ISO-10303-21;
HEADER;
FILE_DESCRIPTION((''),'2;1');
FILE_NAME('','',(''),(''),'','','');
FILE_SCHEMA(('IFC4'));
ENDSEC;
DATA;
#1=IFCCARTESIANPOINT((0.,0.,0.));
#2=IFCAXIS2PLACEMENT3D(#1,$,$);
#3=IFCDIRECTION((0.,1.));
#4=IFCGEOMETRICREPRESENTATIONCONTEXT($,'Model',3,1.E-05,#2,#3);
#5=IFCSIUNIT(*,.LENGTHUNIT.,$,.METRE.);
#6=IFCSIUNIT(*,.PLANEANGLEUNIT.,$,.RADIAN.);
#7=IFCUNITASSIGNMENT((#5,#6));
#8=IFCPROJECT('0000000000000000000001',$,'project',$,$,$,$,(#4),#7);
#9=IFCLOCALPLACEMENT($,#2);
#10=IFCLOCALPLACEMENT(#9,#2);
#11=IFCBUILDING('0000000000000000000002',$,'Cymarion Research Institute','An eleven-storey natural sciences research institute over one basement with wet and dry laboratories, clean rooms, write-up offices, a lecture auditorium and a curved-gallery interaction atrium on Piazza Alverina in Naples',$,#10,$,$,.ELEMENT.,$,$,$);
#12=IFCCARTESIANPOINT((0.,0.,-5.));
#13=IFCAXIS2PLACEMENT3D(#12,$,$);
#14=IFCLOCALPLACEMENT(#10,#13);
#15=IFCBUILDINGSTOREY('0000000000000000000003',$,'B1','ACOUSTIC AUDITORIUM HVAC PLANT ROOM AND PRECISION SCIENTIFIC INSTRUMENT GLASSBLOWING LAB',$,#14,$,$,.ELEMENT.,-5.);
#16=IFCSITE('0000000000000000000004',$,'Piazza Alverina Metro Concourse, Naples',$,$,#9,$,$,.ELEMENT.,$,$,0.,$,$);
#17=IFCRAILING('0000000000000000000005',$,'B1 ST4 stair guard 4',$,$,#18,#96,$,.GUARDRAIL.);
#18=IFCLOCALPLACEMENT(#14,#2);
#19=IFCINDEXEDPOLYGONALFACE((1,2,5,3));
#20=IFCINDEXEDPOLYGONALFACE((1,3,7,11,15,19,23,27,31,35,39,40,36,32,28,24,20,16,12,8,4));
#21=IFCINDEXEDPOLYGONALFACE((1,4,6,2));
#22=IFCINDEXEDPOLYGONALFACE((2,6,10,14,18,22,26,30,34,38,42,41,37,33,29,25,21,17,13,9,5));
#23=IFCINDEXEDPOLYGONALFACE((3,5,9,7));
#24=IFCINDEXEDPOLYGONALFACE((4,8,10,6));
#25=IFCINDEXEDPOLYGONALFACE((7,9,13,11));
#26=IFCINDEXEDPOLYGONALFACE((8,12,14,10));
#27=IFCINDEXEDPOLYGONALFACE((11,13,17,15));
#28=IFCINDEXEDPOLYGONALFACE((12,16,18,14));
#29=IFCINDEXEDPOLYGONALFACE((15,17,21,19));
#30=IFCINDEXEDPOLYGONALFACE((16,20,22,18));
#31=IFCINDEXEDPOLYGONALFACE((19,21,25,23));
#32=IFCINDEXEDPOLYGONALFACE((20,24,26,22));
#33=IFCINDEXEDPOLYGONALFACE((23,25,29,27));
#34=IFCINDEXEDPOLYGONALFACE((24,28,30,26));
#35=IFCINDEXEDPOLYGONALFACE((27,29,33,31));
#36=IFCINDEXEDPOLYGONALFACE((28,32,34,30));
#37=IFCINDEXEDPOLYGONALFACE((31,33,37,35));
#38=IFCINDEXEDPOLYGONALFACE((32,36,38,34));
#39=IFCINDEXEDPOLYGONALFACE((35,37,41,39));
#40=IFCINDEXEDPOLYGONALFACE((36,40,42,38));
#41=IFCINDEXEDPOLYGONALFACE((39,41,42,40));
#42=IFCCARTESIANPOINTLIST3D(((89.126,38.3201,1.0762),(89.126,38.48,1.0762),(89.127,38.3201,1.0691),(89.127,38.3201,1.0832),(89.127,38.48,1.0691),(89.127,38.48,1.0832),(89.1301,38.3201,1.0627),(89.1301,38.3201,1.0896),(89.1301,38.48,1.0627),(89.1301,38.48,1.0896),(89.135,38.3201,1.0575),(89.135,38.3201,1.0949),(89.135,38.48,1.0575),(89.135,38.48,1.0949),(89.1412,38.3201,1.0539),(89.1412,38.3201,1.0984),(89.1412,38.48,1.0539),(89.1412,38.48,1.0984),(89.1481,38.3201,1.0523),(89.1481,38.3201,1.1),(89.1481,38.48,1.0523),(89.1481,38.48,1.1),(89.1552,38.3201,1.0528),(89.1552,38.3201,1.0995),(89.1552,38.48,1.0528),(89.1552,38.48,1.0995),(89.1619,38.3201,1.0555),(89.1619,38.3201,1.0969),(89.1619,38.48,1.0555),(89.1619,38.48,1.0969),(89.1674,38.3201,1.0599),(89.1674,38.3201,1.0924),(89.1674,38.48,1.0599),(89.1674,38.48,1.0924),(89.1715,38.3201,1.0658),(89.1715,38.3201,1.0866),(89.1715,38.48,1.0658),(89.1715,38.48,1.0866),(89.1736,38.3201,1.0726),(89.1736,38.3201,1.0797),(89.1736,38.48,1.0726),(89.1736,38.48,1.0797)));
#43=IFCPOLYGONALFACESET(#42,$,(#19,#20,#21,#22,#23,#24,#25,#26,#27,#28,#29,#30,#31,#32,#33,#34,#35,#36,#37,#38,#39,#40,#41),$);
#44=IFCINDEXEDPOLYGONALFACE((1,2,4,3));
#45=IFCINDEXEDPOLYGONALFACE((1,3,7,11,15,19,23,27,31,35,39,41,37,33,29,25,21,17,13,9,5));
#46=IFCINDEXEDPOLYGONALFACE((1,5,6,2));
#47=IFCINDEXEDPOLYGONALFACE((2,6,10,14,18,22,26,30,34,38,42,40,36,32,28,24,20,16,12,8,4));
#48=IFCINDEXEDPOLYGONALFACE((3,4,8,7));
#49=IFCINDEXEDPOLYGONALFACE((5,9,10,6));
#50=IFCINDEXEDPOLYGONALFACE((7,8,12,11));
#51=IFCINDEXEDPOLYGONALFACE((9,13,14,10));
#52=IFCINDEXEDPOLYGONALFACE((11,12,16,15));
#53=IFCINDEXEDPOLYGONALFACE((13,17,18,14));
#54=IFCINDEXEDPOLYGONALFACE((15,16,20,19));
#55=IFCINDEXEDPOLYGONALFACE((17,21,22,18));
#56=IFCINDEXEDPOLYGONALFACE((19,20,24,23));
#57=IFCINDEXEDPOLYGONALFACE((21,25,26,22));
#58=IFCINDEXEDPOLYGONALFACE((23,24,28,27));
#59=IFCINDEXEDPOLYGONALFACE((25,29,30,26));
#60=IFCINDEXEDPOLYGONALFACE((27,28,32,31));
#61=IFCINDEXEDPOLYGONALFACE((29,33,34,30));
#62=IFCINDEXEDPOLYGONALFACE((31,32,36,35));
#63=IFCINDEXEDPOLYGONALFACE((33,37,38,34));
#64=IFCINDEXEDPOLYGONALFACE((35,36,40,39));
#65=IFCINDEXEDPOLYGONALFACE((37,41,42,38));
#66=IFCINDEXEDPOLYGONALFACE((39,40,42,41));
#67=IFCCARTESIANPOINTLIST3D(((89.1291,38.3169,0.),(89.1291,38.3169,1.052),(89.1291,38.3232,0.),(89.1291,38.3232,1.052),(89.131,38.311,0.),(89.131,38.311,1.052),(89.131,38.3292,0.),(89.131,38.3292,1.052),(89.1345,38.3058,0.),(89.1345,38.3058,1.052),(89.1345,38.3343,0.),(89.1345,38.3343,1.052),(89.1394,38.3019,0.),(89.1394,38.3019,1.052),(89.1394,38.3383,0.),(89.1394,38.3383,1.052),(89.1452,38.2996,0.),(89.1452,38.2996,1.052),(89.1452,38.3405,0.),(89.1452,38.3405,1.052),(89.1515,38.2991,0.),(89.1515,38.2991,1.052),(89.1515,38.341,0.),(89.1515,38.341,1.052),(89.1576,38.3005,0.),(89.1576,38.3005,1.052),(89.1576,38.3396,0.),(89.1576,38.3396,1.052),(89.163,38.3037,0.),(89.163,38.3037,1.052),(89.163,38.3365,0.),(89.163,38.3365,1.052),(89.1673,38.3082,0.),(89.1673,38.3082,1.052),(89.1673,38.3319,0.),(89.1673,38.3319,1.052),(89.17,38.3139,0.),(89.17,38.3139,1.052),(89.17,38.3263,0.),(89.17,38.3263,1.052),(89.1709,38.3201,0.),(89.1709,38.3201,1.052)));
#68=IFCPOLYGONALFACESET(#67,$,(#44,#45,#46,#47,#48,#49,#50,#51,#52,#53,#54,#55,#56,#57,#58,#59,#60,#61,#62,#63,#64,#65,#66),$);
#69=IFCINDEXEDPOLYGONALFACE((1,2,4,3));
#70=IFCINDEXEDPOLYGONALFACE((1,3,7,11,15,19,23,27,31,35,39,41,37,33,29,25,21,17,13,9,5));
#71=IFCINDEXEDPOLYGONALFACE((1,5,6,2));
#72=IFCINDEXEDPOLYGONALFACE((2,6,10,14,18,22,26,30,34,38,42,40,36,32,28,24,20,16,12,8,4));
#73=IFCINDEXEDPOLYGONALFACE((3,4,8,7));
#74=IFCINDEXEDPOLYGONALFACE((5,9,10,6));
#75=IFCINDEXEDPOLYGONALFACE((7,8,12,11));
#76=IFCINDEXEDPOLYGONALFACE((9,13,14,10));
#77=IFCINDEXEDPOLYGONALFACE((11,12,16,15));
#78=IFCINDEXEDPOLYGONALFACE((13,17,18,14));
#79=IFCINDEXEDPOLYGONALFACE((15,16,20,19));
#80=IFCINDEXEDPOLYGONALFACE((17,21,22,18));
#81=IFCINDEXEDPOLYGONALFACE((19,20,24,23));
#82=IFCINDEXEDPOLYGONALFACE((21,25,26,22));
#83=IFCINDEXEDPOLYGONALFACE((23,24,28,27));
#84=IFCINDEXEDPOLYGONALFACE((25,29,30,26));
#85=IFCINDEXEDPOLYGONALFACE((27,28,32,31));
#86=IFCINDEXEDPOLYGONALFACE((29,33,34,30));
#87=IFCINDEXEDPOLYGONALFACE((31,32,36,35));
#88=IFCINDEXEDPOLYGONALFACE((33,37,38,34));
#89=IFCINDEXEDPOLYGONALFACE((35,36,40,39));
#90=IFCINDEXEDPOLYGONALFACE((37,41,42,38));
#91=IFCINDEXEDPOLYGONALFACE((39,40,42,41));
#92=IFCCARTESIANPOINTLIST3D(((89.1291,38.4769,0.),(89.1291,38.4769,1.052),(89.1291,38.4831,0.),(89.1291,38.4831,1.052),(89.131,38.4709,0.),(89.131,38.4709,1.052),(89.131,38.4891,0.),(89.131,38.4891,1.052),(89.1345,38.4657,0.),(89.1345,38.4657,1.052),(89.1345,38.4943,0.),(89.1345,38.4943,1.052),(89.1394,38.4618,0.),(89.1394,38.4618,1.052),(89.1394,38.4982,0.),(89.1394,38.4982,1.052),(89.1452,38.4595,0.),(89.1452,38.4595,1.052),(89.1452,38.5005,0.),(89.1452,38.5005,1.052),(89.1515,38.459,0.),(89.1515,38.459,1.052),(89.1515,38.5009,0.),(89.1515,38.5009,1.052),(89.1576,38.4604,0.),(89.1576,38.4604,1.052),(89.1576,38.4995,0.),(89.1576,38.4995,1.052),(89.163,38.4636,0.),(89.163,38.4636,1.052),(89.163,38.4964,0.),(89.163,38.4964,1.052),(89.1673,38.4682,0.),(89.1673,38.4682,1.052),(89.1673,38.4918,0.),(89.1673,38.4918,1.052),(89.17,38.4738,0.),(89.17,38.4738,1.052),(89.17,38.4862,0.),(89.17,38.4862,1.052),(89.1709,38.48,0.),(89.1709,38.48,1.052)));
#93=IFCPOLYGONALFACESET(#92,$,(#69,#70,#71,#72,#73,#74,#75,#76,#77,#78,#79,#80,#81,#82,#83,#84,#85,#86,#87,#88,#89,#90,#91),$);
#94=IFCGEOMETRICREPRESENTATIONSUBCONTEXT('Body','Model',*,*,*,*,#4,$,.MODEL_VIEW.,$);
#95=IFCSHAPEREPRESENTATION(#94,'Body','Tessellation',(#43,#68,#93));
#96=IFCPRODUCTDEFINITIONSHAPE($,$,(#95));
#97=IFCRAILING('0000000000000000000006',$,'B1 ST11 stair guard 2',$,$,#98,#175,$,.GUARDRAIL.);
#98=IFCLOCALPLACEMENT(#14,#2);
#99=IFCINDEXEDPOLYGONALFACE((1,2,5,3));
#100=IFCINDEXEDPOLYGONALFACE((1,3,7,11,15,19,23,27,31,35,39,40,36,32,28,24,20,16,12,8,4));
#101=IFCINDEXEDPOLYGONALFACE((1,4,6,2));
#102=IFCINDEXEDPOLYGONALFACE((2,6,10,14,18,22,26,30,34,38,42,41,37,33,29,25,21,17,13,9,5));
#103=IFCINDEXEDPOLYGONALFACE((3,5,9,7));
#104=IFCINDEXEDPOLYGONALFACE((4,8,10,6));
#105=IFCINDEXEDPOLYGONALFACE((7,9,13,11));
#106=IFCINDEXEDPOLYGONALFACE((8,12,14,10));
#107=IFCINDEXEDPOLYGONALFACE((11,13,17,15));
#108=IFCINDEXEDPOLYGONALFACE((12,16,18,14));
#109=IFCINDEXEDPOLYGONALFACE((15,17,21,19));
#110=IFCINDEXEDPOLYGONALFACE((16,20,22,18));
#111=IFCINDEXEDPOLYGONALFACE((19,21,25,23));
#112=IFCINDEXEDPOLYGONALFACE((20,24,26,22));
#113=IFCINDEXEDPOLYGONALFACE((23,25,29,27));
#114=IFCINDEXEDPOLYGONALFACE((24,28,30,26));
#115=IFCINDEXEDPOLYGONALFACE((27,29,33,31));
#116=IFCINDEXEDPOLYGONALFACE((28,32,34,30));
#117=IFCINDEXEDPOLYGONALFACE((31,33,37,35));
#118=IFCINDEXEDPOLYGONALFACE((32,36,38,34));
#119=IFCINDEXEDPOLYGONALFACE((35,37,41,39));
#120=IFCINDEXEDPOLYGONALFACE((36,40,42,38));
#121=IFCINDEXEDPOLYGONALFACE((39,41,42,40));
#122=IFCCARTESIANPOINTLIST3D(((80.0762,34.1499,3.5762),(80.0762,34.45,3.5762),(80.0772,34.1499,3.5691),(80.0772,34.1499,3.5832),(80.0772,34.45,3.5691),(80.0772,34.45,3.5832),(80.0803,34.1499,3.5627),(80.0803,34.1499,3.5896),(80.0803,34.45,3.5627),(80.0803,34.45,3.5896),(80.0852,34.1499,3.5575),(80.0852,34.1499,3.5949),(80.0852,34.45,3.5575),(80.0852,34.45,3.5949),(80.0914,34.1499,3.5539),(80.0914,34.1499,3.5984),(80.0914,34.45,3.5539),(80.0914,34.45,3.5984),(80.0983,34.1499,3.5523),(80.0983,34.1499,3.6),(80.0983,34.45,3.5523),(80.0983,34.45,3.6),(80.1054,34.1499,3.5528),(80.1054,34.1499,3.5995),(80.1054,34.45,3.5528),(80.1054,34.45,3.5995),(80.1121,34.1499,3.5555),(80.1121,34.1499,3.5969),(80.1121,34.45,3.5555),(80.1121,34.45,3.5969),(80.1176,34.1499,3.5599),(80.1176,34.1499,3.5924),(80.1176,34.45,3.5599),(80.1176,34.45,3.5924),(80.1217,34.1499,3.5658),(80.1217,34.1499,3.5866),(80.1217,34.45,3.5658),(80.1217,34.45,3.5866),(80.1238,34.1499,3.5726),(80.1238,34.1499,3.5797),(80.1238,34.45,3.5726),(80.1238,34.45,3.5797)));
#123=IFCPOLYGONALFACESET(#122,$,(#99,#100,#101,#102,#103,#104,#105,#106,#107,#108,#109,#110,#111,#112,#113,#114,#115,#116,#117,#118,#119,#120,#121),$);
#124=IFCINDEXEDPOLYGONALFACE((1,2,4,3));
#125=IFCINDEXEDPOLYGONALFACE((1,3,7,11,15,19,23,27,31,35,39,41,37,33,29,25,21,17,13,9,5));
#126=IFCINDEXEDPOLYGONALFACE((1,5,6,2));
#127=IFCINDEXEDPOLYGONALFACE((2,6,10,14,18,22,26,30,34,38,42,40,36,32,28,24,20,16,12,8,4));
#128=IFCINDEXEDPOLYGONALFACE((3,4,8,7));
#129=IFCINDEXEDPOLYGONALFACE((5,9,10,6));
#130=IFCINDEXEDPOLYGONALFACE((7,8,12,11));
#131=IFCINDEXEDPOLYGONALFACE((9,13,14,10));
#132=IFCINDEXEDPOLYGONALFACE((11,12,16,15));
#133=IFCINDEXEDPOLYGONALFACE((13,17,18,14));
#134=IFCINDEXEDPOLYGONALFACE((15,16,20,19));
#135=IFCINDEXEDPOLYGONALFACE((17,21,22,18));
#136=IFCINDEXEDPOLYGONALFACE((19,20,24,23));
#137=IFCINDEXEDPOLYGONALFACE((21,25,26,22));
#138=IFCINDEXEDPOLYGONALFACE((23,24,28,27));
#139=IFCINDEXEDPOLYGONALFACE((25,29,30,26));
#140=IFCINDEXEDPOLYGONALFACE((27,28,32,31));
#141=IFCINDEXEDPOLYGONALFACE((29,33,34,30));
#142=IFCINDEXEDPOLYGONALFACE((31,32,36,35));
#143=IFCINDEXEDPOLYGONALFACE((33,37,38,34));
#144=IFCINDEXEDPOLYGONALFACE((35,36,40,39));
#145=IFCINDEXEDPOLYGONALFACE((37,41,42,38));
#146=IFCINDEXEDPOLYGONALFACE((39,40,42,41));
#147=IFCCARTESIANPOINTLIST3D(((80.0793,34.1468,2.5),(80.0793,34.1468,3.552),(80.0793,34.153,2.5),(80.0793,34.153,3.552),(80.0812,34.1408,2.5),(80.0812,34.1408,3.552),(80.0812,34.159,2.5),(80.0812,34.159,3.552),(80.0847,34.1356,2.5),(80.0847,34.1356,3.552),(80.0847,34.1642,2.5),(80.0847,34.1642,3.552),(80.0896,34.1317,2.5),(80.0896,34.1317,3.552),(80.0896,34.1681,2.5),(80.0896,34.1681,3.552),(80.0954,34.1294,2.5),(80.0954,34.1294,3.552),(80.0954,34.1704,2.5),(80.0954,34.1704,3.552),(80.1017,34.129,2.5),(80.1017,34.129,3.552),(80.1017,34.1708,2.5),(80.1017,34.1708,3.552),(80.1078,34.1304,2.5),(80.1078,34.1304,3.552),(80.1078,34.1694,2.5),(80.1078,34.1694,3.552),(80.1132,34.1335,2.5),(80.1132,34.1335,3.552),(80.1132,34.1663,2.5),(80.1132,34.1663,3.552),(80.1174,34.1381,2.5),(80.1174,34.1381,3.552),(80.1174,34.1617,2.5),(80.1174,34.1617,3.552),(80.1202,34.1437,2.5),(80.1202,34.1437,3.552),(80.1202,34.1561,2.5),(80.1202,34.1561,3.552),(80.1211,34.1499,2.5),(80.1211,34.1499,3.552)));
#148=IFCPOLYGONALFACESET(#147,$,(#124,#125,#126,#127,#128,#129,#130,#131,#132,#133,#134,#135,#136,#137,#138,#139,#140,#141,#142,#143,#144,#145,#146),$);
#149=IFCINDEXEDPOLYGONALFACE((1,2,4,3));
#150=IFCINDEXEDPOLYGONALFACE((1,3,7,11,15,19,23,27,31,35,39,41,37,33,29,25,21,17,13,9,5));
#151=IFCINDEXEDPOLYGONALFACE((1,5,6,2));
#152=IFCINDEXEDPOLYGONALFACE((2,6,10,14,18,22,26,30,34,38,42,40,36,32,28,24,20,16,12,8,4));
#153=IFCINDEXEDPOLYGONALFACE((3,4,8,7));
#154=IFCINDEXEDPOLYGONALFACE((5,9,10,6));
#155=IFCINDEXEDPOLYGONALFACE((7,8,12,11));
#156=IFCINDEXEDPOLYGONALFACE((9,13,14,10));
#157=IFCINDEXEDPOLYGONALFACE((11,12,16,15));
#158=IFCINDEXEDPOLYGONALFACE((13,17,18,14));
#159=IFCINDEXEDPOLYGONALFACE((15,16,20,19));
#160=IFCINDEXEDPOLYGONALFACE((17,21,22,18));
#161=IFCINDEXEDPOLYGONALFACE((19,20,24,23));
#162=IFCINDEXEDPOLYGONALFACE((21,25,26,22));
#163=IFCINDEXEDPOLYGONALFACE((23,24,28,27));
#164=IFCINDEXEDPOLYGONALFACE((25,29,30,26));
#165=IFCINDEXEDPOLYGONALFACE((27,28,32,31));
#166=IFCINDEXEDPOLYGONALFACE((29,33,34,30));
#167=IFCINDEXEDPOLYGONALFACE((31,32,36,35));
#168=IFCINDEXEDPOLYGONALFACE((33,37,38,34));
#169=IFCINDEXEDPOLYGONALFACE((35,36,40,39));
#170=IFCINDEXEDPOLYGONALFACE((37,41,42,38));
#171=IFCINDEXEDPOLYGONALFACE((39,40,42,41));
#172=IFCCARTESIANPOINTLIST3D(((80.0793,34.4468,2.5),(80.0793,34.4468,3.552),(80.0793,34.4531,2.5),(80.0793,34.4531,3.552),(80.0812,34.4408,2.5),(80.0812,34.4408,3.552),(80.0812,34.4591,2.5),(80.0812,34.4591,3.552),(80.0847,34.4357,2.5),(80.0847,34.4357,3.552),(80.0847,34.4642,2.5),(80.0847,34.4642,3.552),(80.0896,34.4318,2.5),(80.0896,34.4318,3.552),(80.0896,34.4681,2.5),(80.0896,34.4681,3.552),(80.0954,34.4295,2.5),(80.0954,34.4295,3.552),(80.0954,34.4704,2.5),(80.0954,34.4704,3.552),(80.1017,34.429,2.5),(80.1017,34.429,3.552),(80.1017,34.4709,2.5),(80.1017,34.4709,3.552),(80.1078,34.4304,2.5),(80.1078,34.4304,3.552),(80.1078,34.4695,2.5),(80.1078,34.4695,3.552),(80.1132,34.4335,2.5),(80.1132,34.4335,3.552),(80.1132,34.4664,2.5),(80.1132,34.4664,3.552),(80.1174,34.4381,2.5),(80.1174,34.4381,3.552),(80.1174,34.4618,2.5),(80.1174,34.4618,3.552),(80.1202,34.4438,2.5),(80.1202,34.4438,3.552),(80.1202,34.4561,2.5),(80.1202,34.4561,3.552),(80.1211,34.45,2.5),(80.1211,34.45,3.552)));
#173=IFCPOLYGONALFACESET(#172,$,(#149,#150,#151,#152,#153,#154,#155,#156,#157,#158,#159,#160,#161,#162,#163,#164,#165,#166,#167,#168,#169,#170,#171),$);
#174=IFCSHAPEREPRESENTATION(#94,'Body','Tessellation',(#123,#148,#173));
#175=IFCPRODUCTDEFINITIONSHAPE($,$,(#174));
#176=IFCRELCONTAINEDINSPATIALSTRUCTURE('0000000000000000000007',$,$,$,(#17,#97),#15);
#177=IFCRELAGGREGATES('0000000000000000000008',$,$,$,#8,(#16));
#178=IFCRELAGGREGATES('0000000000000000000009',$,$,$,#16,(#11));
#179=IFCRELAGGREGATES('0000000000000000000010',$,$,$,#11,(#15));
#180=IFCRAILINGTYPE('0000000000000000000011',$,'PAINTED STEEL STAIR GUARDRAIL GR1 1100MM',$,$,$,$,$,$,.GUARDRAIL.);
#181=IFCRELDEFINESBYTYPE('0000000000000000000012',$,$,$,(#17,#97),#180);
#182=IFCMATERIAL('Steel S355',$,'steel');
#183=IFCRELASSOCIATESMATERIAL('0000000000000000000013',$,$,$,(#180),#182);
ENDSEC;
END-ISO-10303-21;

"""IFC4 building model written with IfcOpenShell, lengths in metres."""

from ifc_helpers import new_model, si_unit, direction, frame, origin, origin_2d, place, context, subcontext, project, spatial, circle, extrude, material, type_object, element, save


model = new_model("IFC4")

# Units and contexts
model_context = context("Model", 3, precision=1e-05, world=origin(), true_north=direction((0.0, 1.0)))
body_context = subcontext(model_context, "Body", "Model", "MODEL_VIEW")
ifc_project = project(units=[si_unit("LENGTHUNIT", "METRE"), si_unit("PLANEANGLEUNIT", "RADIAN")], contexts=[model_context])

# Site, building, storey
site_placement = place(None, origin())
site = spatial("IfcSite", under=ifc_project, at=site_placement, Name="Piazza Alverina Metro Concourse, Naples", CompositionType="ELEMENT", RefElevation=0.0)
building_placement = place(site_placement, origin())
building = spatial("IfcBuilding", under=site, at=building_placement, Name="Cymarion Research Institute", Description="An eleven-storey natural sciences research institute over one basement with wet and dry laboratories, clean rooms, write-up offices, a lecture auditorium and a curved-gallery interaction atrium on Piazza Alverina in Naples", CompositionType="ELEMENT")
storey_placement = place(building_placement, frame((0.0, 0.0, -5.0)))
storey = spatial("IfcBuildingStorey", under=building, at=storey_placement, Name="B1", Description="ACOUSTIC AUDITORIUM HVAC PLANT ROOM AND PRECISION SCIENTIFIC INSTRUMENT GLASSBLOWING LAB", CompositionType="ELEMENT", Elevation=-5.0)

# Shared definitions
ifc_material_1 = material(Name="Steel S355", Category="steel")

# Railings
railing_type_1 = type_object("IfcRailingType", Name="PAINTED STEEL STAIR GUARDRAIL GR1 1100MM", PredefinedType="GUARDRAIL", material=ifc_material_1)
railing_1_placement = place(storey_placement, frame((89.1499, 38.3201, 0.0)))
element("IfcRailing", 1, at=railing_1_placement, inside=storey, type_object=railing_type_1, Name="B1 ST4 stair guard 4", PredefinedType="GUARDRAIL", context=body_context, shape_type="SweptSolid", body=[
    extrude(circle(Radius=0.0239, at=origin_2d()), frame((0.0, 0.0, 1.0762), z_axis=(0.0, 1.0, 0.0), x_axis=(-1.0, 0.0, 0.0)), (0.0, 0.0, 1.0), 0.1599),
    extrude(circle(Radius=0.021, at=origin_2d()), origin(), (0.0, 0.0, 1.0), 1.052),
    extrude(circle(Radius=0.021, at=origin_2d()), frame((0.0, 0.1599, 0.0)), (0.0, 0.0, 1.0), 1.052),
])
railing_2_placement = place(storey_placement, frame((80.1001, 34.1499, 2.5)))
element("IfcRailing", 2, at=railing_2_placement, inside=storey, type_object=railing_type_1, Name="B1 ST11 stair guard 2", PredefinedType="GUARDRAIL", context=body_context, shape_type="SweptSolid", body=[
    extrude(circle(Radius=0.0239, at=origin_2d()), frame((0.0, 0.0, 1.0762), z_axis=(0.0, 1.0, 0.0), x_axis=(-1.0, 0.0, 0.0)), (0.0, 0.0, 1.0), 0.3),
    extrude(circle(Radius=0.021, at=origin_2d()), origin(), (0.0, 0.0, 1.0), 1.052),
    extrude(circle(Radius=0.021, at=origin_2d()), frame((0.0, 0.3, 0.0)), (0.0, 0.0, 1.0), 1.052),
])

save(model, "model.ifc")
